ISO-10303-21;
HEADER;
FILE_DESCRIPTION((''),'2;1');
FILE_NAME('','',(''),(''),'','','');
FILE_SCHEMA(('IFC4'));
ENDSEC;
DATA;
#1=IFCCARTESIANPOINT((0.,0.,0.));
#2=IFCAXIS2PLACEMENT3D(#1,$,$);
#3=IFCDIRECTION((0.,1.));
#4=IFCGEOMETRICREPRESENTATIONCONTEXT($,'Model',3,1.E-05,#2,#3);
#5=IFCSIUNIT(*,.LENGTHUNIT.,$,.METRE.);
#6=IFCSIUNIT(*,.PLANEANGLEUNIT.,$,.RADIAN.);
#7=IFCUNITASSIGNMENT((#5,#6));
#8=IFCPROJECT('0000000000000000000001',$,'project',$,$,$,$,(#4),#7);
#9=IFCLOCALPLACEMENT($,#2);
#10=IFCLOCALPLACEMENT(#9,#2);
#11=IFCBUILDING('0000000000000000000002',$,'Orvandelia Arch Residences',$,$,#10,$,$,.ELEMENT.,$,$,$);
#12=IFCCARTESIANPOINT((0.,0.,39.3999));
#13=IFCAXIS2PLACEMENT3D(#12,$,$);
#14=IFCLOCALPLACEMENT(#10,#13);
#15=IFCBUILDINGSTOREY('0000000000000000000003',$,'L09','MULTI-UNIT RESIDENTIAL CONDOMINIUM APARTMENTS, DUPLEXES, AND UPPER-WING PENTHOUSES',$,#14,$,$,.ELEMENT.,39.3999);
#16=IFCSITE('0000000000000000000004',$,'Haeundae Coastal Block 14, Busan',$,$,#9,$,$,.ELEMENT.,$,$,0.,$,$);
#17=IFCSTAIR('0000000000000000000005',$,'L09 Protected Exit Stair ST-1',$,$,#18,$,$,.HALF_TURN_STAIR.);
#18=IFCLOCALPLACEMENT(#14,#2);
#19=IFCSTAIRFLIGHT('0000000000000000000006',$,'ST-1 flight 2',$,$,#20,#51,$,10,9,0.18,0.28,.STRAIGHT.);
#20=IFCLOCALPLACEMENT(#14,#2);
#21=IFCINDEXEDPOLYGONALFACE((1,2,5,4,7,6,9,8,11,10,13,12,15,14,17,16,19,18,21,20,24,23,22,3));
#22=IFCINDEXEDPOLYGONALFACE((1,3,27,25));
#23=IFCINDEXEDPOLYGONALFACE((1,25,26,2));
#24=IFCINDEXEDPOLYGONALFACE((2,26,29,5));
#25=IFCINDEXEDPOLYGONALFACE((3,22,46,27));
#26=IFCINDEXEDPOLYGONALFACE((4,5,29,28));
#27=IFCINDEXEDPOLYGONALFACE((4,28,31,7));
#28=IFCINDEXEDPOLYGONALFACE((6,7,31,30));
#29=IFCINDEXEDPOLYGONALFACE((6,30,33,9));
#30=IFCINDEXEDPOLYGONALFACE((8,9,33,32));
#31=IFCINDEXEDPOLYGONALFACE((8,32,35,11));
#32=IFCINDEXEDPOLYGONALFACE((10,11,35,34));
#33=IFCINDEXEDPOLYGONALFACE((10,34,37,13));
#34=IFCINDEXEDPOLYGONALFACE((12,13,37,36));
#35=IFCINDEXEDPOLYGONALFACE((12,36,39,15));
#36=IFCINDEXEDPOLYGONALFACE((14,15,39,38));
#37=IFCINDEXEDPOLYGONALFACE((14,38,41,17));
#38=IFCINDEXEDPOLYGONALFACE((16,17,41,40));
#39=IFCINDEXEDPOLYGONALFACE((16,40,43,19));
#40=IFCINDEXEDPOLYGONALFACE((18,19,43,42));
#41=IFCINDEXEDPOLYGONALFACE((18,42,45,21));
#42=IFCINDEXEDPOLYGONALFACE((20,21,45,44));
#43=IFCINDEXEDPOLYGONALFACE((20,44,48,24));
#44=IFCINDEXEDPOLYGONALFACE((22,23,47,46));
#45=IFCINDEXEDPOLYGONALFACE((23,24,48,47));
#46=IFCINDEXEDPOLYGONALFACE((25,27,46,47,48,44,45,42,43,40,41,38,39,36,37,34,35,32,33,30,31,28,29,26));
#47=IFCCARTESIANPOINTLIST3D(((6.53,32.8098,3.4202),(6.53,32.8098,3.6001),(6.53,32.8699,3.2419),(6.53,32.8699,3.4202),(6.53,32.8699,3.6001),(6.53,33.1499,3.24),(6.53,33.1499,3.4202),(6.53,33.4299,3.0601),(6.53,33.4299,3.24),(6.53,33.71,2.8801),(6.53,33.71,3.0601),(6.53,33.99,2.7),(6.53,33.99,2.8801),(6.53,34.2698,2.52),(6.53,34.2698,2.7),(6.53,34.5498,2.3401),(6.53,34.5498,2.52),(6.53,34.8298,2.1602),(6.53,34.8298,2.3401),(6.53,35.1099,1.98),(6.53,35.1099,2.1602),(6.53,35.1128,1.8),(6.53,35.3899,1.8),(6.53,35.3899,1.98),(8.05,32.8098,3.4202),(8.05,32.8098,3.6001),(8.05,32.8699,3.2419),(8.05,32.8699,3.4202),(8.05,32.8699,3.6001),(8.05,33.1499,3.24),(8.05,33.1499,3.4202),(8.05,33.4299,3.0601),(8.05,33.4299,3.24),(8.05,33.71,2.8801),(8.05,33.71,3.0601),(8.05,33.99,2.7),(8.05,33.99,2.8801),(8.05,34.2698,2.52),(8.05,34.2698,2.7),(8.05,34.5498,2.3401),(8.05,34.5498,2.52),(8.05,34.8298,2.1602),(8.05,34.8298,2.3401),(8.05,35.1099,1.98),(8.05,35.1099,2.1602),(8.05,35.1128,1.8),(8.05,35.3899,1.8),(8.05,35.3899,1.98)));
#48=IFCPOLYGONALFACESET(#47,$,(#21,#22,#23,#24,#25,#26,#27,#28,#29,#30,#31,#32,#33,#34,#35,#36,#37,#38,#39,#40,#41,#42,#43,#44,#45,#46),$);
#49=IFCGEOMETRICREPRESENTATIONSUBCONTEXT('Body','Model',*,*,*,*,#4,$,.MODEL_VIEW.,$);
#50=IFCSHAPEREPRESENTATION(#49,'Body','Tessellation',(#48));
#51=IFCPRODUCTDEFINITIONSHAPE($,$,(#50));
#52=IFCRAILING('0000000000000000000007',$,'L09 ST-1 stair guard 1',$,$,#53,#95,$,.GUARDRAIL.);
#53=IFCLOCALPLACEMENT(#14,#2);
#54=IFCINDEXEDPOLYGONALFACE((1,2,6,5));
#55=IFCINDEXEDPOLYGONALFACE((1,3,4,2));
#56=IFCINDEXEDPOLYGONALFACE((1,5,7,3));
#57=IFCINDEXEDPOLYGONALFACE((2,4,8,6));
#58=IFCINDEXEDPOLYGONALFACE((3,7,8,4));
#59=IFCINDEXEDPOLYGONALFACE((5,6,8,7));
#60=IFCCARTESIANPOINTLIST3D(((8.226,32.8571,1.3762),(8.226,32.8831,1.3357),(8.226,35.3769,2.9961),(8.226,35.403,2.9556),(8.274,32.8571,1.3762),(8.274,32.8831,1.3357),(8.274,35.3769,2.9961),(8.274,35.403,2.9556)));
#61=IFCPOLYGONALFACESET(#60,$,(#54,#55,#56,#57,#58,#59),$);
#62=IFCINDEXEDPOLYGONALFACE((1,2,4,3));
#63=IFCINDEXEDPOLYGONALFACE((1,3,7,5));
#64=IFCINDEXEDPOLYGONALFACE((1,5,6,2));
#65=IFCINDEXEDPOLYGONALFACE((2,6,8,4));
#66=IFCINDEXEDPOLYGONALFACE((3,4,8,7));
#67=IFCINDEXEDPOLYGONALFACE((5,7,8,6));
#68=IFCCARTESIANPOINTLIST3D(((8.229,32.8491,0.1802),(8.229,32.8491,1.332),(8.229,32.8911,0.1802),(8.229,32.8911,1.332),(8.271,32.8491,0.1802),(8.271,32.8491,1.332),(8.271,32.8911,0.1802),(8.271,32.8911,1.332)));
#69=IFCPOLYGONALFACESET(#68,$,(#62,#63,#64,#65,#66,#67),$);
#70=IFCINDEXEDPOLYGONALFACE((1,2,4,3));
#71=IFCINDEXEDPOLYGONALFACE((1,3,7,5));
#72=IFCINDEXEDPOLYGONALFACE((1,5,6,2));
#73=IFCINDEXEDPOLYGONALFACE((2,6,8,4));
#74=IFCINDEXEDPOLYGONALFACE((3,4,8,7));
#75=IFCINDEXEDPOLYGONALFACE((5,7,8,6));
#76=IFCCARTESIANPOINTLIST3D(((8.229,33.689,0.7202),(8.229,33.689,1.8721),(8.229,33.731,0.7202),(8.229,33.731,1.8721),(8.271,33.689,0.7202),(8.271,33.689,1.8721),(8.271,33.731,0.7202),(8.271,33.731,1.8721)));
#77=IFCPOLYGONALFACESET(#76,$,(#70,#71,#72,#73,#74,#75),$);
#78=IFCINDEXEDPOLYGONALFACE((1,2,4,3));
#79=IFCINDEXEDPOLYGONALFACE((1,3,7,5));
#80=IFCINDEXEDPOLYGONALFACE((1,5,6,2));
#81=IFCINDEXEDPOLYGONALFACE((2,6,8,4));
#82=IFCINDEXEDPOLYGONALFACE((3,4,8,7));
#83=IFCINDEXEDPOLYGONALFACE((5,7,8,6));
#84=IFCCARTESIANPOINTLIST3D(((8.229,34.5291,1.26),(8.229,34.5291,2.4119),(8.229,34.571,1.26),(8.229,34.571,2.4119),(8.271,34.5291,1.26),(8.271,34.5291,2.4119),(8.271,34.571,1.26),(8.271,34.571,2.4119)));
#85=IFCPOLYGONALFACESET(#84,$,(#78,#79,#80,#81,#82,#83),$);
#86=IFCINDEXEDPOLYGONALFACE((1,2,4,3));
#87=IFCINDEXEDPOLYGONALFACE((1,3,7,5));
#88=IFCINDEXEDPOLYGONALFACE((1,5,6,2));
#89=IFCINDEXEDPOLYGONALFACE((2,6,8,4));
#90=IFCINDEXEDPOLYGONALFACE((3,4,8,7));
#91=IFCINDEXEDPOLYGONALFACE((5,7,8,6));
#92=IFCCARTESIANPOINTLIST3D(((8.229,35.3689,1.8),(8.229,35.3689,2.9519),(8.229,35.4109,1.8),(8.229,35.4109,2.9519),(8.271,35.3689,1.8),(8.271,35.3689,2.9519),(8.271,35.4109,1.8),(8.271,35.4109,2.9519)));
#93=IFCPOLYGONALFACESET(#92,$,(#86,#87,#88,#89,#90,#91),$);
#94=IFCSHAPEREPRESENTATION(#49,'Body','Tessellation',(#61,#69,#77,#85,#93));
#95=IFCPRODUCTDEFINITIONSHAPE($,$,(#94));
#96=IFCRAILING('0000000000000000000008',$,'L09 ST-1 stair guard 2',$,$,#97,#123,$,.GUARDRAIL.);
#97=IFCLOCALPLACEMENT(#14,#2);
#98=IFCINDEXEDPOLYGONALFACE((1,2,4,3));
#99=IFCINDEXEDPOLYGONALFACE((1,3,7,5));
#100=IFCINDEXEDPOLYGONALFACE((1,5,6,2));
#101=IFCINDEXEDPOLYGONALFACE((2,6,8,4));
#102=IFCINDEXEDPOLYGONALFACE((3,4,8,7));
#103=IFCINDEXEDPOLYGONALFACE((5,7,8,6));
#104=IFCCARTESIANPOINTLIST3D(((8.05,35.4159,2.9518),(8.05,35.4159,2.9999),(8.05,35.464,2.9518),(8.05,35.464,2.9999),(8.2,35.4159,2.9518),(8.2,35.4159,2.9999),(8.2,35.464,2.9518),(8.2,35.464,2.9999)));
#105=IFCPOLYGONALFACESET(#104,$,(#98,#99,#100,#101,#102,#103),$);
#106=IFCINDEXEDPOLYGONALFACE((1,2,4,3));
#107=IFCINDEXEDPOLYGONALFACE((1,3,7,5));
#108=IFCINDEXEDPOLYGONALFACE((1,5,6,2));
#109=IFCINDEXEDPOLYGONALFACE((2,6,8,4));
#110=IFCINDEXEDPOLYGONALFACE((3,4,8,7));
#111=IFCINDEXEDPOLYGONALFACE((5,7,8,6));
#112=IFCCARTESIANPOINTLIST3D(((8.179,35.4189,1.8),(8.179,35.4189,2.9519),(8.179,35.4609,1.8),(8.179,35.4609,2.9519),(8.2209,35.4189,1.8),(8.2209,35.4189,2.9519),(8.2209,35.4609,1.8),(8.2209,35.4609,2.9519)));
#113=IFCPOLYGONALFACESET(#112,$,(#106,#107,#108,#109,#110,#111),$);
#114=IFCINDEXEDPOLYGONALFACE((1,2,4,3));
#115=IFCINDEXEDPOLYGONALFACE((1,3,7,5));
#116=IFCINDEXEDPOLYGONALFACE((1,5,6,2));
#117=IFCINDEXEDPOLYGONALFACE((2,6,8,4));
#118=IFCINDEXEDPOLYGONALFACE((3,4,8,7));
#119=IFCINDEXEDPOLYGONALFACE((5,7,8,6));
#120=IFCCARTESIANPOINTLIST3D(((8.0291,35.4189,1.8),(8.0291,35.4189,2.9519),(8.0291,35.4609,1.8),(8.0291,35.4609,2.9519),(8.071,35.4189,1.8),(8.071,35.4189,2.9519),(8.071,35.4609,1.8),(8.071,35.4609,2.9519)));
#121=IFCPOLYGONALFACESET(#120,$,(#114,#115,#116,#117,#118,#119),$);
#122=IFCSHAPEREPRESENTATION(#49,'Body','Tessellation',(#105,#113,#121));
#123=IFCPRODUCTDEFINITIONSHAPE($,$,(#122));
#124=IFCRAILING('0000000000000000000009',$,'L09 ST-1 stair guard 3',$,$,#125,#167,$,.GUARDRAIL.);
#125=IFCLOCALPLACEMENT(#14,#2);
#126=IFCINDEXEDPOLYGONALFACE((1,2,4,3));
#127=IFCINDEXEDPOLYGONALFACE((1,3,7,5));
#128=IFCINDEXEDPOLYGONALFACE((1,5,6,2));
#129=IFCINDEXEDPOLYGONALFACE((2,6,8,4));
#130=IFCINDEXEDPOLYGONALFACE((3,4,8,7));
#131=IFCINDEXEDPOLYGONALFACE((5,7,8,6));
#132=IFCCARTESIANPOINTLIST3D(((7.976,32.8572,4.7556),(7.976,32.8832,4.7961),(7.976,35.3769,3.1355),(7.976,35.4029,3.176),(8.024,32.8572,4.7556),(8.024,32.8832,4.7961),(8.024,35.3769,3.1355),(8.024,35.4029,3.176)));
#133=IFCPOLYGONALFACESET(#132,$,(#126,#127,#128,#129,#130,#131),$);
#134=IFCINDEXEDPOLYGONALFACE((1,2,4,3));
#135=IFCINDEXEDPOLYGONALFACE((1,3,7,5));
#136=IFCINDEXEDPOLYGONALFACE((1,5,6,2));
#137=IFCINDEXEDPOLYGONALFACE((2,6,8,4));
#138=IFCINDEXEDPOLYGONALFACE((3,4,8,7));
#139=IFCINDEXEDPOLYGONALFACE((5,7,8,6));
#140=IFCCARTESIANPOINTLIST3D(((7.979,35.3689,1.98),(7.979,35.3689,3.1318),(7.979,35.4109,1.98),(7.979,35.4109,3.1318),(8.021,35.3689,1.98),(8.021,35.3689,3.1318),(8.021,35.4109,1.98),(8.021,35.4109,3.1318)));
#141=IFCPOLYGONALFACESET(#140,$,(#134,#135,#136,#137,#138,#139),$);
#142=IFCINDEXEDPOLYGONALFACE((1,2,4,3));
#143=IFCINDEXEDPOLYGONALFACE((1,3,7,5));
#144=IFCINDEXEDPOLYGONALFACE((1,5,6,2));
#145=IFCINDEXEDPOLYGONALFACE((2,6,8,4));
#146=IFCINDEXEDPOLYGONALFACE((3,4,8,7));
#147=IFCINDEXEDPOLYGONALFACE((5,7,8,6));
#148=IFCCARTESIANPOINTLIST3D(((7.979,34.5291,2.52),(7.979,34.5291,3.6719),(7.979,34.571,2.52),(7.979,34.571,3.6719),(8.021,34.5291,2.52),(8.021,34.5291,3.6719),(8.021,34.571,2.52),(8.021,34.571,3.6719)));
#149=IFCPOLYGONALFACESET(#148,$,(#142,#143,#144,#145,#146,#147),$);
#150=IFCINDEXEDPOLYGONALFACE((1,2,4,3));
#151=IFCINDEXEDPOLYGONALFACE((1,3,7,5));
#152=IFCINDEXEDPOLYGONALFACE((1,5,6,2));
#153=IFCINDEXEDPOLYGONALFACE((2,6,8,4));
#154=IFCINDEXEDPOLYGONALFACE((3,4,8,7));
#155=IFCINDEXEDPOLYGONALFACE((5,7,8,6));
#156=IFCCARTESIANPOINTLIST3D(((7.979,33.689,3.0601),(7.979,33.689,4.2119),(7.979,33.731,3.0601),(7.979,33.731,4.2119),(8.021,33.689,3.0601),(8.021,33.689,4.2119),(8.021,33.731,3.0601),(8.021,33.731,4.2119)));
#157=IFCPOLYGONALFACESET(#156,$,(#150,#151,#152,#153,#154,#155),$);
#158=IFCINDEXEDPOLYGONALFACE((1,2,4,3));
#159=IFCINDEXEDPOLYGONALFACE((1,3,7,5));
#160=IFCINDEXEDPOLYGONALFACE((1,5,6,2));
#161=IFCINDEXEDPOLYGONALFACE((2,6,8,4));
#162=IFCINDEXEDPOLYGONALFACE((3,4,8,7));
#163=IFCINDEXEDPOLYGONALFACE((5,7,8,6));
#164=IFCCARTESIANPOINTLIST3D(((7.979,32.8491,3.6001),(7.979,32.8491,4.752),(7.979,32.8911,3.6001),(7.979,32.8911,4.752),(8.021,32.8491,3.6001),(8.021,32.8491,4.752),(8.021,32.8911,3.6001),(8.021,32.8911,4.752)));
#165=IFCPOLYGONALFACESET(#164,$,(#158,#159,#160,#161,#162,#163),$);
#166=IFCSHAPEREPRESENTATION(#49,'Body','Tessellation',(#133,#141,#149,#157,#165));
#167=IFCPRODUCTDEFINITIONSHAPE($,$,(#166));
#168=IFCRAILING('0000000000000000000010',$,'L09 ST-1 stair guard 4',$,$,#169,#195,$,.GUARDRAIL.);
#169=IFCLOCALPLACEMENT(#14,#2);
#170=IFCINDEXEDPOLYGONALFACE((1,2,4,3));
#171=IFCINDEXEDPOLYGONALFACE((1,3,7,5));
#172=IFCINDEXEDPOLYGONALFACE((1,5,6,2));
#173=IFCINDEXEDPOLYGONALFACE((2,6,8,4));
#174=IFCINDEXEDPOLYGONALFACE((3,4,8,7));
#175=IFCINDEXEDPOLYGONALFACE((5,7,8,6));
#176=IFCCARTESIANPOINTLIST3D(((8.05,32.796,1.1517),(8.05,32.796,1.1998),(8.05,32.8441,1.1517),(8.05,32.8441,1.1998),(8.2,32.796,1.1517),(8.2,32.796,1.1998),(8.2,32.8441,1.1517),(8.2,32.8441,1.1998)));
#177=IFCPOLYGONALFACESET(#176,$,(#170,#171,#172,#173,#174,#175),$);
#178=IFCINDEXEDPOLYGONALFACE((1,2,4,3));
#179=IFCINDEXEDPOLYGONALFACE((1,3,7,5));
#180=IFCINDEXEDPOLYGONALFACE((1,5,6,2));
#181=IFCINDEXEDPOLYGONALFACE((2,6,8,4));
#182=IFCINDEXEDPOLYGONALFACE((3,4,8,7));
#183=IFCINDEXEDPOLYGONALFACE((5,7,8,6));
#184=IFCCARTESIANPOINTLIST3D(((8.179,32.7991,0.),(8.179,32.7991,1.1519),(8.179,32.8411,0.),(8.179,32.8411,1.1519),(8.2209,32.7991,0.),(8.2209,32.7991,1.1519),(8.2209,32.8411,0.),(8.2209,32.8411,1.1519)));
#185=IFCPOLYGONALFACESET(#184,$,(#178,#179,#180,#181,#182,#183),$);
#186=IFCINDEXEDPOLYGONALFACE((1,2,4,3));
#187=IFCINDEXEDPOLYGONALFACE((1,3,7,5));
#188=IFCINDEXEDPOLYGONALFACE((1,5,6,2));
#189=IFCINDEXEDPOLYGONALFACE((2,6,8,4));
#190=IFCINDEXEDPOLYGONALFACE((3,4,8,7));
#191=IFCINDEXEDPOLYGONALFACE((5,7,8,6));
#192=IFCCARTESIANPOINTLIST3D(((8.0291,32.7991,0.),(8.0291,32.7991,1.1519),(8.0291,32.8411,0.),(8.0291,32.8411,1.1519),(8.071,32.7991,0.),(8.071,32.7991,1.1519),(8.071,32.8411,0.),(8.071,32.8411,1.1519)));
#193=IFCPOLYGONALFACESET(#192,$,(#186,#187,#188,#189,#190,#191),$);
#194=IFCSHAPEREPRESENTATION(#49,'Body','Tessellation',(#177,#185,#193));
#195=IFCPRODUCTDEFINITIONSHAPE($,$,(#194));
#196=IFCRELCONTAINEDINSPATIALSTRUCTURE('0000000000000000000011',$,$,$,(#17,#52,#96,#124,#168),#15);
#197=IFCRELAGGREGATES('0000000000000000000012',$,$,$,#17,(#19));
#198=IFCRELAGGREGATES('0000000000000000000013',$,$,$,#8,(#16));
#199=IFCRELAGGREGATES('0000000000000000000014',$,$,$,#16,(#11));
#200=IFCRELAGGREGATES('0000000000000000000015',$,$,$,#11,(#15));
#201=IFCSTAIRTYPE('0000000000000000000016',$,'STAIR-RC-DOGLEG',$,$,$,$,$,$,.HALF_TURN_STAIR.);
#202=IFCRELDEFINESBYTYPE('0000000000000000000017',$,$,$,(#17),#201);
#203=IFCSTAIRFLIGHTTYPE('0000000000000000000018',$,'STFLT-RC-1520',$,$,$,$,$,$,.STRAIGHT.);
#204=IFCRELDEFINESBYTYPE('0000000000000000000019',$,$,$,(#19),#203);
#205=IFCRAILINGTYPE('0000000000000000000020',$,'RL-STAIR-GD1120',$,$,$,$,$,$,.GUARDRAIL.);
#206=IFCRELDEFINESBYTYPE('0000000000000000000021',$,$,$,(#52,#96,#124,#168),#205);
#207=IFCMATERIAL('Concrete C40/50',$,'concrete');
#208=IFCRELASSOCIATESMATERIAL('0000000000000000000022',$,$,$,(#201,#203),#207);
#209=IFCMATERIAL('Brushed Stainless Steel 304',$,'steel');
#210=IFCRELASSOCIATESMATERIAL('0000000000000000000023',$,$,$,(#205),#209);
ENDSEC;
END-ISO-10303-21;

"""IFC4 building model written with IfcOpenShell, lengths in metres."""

from ifc_helpers import new_model, si_unit, direction, frame, origin, origin_2d, place, context, subcontext, project, spatial, polyline, rectangle, outline, extrude, material, type_object, element, aggregate, save


model = new_model("IFC4")

# Units and contexts
model_context = context("Model", 3, precision=1e-05, world=origin(), true_north=direction((0.0, 1.0)))
body_context = subcontext(model_context, "Body", "Model", "MODEL_VIEW")
ifc_project = project(units=[si_unit("LENGTHUNIT", "METRE"), si_unit("PLANEANGLEUNIT", "RADIAN")], contexts=[model_context])

# Site, building, storey
site_placement = place(None, origin())
site = spatial("IfcSite", under=ifc_project, at=site_placement, Name="Haeundae Coastal Block 14, Busan", CompositionType="ELEMENT", RefElevation=0.0)
building_placement = place(site_placement, origin())
building = spatial("IfcBuilding", under=site, at=building_placement, Name="Orvandelia Arch Residences", CompositionType="ELEMENT")
storey_placement = place(building_placement, frame((0.0, 0.0, 39.3999)))
storey = spatial("IfcBuildingStorey", under=building, at=storey_placement, Name="L09", Description="MULTI-UNIT RESIDENTIAL CONDOMINIUM APARTMENTS, DUPLEXES, AND UPPER-WING PENTHOUSES", CompositionType="ELEMENT", Elevation=39.3999)

# Stair, stair flight
ifc_material_1 = material(Name="Concrete C40/50", Category="concrete")
stair_type = type_object("IfcStairType", Name="STAIR-RC-DOGLEG", PredefinedType="HALF_TURN_STAIR", material=ifc_material_1)
stair_placement = place(storey_placement, origin())
stair = element("IfcStair", 1, at=stair_placement, inside=storey, type_object=stair_type, Name="L09 Protected Exit Stair ST-1", PredefinedType="HALF_TURN_STAIR")
stair_flight_type = type_object("IfcStairFlightType", Name="STFLT-RC-1520", PredefinedType="STRAIGHT", material=ifc_material_1)
stair_flight_1_placement = place(storey_placement, frame((7.29, 35.3899, 1.8), z_axis=(0.0, 0.0, 1.0), x_axis=(0.0, -1.0, 0.0)))
stair_flight_1 = element("IfcStairFlight", 2, at=stair_flight_1_placement, type_object=stair_flight_type, Name="ST-1 flight 2", NumberOfRisers=10, NumberOfTreads=9, PredefinedType="STRAIGHT", RiserHeight=0.18, TreadLength=0.28, context=body_context, shape_type="SweptSolid", body=[
    extrude(outline(polyline([(0.0, 0.0), (0.0, 0.1799), (0.28, 0.1799), (0.28, 0.3601), (0.5601, 0.3601), (0.5601, 0.54), (0.8401, 0.54), (0.8401, 0.72), (1.1201, 0.72), (1.1201, 0.8999), (1.3999, 0.8999), (1.3999, 1.0801), (1.6799, 1.0801), (1.6799, 1.26), (1.96, 1.26), (1.96, 1.4399), (2.24, 1.4399), (2.24, 1.6201), (2.52, 1.6201), (2.52, 1.8), (2.5801, 1.8), (2.5801, 1.6201), (2.52, 1.4419), (0.2771, 0.0), (0.0, 0.0)])), frame((0.0, 0.76, 0.0), z_axis=(0.0, -1.0, 0.0), x_axis=(1.0, 0.0, 0.0)), (0.0, 0.0, 1.0), 1.52),
])
aggregate(stair, [stair_flight_1])

# Railings
ifc_material_2 = material(Name="Brushed Stainless Steel 304", Category="steel")
railing_type_1 = type_object("IfcRailingType", Name="RL-STAIR-GD1120", PredefinedType="GUARDRAIL", material=ifc_material_2)
railing_1_placement = place(storey_placement, frame((8.25, 32.8701, 0.1802)))
element("IfcRailing", 3, at=railing_1_placement, inside=storey, type_object=railing_type_1, Name="L09 ST-1 stair guard 1", PredefinedType="GUARDRAIL", context=body_context, shape_type="SweptSolid", body=[
    extrude(rectangle(XDim=0.0481, YDim=0.0481, at=origin_2d()), frame((0.0, 0.0, 1.1758), z_axis=(0.0, 0.841176, 0.540762), x_axis=(-1.0, 0.0, 0.0)), (0.0, 0.0, 1.0), 2.9956),
    extrude(rectangle(XDim=0.042, YDim=0.042, at=origin_2d()), origin(), (0.0, 0.0, 1.0), 1.1519),
    extrude(rectangle(XDim=0.042, YDim=0.042, at=origin_2d()), frame((0.0, 0.8398, 0.54)), (0.0, 0.0, 1.0), 1.1519),
    extrude(rectangle(XDim=0.042, YDim=0.042, at=origin_2d()), frame((0.0, 1.6799, 1.0798)), (0.0, 0.0, 1.0), 1.1519),
    extrude(rectangle(XDim=0.042, YDim=0.042, at=origin_2d()), frame((0.0, 2.5198, 1.6199)), (0.0, 0.0, 1.0), 1.1519),
])
railing_2_placement = place(storey_placement, frame((8.2, 35.4399, 1.8)))
element("IfcRailing", 4, at=railing_2_placement, inside=storey, type_object=railing_type_1, Name="L09 ST-1 stair guard 2", PredefinedType="GUARDRAIL", context=body_context, shape_type="SweptSolid", body=[
    extrude(rectangle(XDim=0.0481, YDim=0.0481, at=origin_2d()), frame((0.0, 0.0, 1.1758), z_axis=(-1.0, 0.0, 0.0), x_axis=(0.0, -1.0, 0.0)), (0.0, 0.0, 1.0), 0.1499),
    extrude(rectangle(XDim=0.042, YDim=0.042, at=origin_2d()), origin(), (0.0, 0.0, 1.0), 1.1519),
    extrude(rectangle(XDim=0.042, YDim=0.042, at=origin_2d()), frame((-0.1499, 0.0, 0.0)), (0.0, 0.0, 1.0), 1.1519),
])
railing_3_placement = place(storey_placement, frame((8.0, 35.3899, 1.98)))
element("IfcRailing", 5, at=railing_3_placement, inside=storey, type_object=railing_type_1, Name="L09 ST-1 stair guard 3", PredefinedType="GUARDRAIL", context=body_context, shape_type="SweptSolid", body=[
    extrude(rectangle(XDim=0.0481, YDim=0.0481, at=origin_2d()), frame((0.0, 0.0, 1.1758), z_axis=(0.0, -0.841139, 0.540819), x_axis=(1.0, 0.0, 0.0)), (0.0, 0.0, 1.0), 2.9956),
    extrude(rectangle(XDim=0.042, YDim=0.042, at=origin_2d()), origin(), (0.0, 0.0, 1.0), 1.1519),
    extrude(rectangle(XDim=0.042, YDim=0.042, at=origin_2d()), frame((0.0, -0.8398, 0.54)), (0.0, 0.0, 1.0), 1.1519),
    extrude(rectangle(XDim=0.042, YDim=0.042, at=origin_2d()), frame((0.0, -1.6799, 1.0801)), (0.0, 0.0, 1.0), 1.1519),
    extrude(rectangle(XDim=0.042, YDim=0.042, at=origin_2d()), frame((0.0, -2.5198, 1.6201)), (0.0, 0.0, 1.0), 1.1519),
])
railing_4_placement = place(storey_placement, frame((8.2, 32.8201, 0.0)))
element("IfcRailing", 6, at=railing_4_placement, inside=storey, type_object=railing_type_1, Name="L09 ST-1 stair guard 4", PredefinedType="GUARDRAIL", context=body_context, shape_type="SweptSolid", body=[
    extrude(rectangle(XDim=0.0481, YDim=0.0481, at=origin_2d()), frame((0.0, 0.0, 1.1758), z_axis=(-1.0, 0.0, 0.0), x_axis=(0.0, -1.0, 0.0)), (0.0, 0.0, 1.0), 0.1499),
    extrude(rectangle(XDim=0.042, YDim=0.042, at=origin_2d()), origin(), (0.0, 0.0, 1.0), 1.1519),
    extrude(rectangle(XDim=0.042, YDim=0.042, at=origin_2d()), frame((-0.1499, 0.0, 0.0)), (0.0, 0.0, 1.0), 1.1519),
])

save(model, "model.ifc")
